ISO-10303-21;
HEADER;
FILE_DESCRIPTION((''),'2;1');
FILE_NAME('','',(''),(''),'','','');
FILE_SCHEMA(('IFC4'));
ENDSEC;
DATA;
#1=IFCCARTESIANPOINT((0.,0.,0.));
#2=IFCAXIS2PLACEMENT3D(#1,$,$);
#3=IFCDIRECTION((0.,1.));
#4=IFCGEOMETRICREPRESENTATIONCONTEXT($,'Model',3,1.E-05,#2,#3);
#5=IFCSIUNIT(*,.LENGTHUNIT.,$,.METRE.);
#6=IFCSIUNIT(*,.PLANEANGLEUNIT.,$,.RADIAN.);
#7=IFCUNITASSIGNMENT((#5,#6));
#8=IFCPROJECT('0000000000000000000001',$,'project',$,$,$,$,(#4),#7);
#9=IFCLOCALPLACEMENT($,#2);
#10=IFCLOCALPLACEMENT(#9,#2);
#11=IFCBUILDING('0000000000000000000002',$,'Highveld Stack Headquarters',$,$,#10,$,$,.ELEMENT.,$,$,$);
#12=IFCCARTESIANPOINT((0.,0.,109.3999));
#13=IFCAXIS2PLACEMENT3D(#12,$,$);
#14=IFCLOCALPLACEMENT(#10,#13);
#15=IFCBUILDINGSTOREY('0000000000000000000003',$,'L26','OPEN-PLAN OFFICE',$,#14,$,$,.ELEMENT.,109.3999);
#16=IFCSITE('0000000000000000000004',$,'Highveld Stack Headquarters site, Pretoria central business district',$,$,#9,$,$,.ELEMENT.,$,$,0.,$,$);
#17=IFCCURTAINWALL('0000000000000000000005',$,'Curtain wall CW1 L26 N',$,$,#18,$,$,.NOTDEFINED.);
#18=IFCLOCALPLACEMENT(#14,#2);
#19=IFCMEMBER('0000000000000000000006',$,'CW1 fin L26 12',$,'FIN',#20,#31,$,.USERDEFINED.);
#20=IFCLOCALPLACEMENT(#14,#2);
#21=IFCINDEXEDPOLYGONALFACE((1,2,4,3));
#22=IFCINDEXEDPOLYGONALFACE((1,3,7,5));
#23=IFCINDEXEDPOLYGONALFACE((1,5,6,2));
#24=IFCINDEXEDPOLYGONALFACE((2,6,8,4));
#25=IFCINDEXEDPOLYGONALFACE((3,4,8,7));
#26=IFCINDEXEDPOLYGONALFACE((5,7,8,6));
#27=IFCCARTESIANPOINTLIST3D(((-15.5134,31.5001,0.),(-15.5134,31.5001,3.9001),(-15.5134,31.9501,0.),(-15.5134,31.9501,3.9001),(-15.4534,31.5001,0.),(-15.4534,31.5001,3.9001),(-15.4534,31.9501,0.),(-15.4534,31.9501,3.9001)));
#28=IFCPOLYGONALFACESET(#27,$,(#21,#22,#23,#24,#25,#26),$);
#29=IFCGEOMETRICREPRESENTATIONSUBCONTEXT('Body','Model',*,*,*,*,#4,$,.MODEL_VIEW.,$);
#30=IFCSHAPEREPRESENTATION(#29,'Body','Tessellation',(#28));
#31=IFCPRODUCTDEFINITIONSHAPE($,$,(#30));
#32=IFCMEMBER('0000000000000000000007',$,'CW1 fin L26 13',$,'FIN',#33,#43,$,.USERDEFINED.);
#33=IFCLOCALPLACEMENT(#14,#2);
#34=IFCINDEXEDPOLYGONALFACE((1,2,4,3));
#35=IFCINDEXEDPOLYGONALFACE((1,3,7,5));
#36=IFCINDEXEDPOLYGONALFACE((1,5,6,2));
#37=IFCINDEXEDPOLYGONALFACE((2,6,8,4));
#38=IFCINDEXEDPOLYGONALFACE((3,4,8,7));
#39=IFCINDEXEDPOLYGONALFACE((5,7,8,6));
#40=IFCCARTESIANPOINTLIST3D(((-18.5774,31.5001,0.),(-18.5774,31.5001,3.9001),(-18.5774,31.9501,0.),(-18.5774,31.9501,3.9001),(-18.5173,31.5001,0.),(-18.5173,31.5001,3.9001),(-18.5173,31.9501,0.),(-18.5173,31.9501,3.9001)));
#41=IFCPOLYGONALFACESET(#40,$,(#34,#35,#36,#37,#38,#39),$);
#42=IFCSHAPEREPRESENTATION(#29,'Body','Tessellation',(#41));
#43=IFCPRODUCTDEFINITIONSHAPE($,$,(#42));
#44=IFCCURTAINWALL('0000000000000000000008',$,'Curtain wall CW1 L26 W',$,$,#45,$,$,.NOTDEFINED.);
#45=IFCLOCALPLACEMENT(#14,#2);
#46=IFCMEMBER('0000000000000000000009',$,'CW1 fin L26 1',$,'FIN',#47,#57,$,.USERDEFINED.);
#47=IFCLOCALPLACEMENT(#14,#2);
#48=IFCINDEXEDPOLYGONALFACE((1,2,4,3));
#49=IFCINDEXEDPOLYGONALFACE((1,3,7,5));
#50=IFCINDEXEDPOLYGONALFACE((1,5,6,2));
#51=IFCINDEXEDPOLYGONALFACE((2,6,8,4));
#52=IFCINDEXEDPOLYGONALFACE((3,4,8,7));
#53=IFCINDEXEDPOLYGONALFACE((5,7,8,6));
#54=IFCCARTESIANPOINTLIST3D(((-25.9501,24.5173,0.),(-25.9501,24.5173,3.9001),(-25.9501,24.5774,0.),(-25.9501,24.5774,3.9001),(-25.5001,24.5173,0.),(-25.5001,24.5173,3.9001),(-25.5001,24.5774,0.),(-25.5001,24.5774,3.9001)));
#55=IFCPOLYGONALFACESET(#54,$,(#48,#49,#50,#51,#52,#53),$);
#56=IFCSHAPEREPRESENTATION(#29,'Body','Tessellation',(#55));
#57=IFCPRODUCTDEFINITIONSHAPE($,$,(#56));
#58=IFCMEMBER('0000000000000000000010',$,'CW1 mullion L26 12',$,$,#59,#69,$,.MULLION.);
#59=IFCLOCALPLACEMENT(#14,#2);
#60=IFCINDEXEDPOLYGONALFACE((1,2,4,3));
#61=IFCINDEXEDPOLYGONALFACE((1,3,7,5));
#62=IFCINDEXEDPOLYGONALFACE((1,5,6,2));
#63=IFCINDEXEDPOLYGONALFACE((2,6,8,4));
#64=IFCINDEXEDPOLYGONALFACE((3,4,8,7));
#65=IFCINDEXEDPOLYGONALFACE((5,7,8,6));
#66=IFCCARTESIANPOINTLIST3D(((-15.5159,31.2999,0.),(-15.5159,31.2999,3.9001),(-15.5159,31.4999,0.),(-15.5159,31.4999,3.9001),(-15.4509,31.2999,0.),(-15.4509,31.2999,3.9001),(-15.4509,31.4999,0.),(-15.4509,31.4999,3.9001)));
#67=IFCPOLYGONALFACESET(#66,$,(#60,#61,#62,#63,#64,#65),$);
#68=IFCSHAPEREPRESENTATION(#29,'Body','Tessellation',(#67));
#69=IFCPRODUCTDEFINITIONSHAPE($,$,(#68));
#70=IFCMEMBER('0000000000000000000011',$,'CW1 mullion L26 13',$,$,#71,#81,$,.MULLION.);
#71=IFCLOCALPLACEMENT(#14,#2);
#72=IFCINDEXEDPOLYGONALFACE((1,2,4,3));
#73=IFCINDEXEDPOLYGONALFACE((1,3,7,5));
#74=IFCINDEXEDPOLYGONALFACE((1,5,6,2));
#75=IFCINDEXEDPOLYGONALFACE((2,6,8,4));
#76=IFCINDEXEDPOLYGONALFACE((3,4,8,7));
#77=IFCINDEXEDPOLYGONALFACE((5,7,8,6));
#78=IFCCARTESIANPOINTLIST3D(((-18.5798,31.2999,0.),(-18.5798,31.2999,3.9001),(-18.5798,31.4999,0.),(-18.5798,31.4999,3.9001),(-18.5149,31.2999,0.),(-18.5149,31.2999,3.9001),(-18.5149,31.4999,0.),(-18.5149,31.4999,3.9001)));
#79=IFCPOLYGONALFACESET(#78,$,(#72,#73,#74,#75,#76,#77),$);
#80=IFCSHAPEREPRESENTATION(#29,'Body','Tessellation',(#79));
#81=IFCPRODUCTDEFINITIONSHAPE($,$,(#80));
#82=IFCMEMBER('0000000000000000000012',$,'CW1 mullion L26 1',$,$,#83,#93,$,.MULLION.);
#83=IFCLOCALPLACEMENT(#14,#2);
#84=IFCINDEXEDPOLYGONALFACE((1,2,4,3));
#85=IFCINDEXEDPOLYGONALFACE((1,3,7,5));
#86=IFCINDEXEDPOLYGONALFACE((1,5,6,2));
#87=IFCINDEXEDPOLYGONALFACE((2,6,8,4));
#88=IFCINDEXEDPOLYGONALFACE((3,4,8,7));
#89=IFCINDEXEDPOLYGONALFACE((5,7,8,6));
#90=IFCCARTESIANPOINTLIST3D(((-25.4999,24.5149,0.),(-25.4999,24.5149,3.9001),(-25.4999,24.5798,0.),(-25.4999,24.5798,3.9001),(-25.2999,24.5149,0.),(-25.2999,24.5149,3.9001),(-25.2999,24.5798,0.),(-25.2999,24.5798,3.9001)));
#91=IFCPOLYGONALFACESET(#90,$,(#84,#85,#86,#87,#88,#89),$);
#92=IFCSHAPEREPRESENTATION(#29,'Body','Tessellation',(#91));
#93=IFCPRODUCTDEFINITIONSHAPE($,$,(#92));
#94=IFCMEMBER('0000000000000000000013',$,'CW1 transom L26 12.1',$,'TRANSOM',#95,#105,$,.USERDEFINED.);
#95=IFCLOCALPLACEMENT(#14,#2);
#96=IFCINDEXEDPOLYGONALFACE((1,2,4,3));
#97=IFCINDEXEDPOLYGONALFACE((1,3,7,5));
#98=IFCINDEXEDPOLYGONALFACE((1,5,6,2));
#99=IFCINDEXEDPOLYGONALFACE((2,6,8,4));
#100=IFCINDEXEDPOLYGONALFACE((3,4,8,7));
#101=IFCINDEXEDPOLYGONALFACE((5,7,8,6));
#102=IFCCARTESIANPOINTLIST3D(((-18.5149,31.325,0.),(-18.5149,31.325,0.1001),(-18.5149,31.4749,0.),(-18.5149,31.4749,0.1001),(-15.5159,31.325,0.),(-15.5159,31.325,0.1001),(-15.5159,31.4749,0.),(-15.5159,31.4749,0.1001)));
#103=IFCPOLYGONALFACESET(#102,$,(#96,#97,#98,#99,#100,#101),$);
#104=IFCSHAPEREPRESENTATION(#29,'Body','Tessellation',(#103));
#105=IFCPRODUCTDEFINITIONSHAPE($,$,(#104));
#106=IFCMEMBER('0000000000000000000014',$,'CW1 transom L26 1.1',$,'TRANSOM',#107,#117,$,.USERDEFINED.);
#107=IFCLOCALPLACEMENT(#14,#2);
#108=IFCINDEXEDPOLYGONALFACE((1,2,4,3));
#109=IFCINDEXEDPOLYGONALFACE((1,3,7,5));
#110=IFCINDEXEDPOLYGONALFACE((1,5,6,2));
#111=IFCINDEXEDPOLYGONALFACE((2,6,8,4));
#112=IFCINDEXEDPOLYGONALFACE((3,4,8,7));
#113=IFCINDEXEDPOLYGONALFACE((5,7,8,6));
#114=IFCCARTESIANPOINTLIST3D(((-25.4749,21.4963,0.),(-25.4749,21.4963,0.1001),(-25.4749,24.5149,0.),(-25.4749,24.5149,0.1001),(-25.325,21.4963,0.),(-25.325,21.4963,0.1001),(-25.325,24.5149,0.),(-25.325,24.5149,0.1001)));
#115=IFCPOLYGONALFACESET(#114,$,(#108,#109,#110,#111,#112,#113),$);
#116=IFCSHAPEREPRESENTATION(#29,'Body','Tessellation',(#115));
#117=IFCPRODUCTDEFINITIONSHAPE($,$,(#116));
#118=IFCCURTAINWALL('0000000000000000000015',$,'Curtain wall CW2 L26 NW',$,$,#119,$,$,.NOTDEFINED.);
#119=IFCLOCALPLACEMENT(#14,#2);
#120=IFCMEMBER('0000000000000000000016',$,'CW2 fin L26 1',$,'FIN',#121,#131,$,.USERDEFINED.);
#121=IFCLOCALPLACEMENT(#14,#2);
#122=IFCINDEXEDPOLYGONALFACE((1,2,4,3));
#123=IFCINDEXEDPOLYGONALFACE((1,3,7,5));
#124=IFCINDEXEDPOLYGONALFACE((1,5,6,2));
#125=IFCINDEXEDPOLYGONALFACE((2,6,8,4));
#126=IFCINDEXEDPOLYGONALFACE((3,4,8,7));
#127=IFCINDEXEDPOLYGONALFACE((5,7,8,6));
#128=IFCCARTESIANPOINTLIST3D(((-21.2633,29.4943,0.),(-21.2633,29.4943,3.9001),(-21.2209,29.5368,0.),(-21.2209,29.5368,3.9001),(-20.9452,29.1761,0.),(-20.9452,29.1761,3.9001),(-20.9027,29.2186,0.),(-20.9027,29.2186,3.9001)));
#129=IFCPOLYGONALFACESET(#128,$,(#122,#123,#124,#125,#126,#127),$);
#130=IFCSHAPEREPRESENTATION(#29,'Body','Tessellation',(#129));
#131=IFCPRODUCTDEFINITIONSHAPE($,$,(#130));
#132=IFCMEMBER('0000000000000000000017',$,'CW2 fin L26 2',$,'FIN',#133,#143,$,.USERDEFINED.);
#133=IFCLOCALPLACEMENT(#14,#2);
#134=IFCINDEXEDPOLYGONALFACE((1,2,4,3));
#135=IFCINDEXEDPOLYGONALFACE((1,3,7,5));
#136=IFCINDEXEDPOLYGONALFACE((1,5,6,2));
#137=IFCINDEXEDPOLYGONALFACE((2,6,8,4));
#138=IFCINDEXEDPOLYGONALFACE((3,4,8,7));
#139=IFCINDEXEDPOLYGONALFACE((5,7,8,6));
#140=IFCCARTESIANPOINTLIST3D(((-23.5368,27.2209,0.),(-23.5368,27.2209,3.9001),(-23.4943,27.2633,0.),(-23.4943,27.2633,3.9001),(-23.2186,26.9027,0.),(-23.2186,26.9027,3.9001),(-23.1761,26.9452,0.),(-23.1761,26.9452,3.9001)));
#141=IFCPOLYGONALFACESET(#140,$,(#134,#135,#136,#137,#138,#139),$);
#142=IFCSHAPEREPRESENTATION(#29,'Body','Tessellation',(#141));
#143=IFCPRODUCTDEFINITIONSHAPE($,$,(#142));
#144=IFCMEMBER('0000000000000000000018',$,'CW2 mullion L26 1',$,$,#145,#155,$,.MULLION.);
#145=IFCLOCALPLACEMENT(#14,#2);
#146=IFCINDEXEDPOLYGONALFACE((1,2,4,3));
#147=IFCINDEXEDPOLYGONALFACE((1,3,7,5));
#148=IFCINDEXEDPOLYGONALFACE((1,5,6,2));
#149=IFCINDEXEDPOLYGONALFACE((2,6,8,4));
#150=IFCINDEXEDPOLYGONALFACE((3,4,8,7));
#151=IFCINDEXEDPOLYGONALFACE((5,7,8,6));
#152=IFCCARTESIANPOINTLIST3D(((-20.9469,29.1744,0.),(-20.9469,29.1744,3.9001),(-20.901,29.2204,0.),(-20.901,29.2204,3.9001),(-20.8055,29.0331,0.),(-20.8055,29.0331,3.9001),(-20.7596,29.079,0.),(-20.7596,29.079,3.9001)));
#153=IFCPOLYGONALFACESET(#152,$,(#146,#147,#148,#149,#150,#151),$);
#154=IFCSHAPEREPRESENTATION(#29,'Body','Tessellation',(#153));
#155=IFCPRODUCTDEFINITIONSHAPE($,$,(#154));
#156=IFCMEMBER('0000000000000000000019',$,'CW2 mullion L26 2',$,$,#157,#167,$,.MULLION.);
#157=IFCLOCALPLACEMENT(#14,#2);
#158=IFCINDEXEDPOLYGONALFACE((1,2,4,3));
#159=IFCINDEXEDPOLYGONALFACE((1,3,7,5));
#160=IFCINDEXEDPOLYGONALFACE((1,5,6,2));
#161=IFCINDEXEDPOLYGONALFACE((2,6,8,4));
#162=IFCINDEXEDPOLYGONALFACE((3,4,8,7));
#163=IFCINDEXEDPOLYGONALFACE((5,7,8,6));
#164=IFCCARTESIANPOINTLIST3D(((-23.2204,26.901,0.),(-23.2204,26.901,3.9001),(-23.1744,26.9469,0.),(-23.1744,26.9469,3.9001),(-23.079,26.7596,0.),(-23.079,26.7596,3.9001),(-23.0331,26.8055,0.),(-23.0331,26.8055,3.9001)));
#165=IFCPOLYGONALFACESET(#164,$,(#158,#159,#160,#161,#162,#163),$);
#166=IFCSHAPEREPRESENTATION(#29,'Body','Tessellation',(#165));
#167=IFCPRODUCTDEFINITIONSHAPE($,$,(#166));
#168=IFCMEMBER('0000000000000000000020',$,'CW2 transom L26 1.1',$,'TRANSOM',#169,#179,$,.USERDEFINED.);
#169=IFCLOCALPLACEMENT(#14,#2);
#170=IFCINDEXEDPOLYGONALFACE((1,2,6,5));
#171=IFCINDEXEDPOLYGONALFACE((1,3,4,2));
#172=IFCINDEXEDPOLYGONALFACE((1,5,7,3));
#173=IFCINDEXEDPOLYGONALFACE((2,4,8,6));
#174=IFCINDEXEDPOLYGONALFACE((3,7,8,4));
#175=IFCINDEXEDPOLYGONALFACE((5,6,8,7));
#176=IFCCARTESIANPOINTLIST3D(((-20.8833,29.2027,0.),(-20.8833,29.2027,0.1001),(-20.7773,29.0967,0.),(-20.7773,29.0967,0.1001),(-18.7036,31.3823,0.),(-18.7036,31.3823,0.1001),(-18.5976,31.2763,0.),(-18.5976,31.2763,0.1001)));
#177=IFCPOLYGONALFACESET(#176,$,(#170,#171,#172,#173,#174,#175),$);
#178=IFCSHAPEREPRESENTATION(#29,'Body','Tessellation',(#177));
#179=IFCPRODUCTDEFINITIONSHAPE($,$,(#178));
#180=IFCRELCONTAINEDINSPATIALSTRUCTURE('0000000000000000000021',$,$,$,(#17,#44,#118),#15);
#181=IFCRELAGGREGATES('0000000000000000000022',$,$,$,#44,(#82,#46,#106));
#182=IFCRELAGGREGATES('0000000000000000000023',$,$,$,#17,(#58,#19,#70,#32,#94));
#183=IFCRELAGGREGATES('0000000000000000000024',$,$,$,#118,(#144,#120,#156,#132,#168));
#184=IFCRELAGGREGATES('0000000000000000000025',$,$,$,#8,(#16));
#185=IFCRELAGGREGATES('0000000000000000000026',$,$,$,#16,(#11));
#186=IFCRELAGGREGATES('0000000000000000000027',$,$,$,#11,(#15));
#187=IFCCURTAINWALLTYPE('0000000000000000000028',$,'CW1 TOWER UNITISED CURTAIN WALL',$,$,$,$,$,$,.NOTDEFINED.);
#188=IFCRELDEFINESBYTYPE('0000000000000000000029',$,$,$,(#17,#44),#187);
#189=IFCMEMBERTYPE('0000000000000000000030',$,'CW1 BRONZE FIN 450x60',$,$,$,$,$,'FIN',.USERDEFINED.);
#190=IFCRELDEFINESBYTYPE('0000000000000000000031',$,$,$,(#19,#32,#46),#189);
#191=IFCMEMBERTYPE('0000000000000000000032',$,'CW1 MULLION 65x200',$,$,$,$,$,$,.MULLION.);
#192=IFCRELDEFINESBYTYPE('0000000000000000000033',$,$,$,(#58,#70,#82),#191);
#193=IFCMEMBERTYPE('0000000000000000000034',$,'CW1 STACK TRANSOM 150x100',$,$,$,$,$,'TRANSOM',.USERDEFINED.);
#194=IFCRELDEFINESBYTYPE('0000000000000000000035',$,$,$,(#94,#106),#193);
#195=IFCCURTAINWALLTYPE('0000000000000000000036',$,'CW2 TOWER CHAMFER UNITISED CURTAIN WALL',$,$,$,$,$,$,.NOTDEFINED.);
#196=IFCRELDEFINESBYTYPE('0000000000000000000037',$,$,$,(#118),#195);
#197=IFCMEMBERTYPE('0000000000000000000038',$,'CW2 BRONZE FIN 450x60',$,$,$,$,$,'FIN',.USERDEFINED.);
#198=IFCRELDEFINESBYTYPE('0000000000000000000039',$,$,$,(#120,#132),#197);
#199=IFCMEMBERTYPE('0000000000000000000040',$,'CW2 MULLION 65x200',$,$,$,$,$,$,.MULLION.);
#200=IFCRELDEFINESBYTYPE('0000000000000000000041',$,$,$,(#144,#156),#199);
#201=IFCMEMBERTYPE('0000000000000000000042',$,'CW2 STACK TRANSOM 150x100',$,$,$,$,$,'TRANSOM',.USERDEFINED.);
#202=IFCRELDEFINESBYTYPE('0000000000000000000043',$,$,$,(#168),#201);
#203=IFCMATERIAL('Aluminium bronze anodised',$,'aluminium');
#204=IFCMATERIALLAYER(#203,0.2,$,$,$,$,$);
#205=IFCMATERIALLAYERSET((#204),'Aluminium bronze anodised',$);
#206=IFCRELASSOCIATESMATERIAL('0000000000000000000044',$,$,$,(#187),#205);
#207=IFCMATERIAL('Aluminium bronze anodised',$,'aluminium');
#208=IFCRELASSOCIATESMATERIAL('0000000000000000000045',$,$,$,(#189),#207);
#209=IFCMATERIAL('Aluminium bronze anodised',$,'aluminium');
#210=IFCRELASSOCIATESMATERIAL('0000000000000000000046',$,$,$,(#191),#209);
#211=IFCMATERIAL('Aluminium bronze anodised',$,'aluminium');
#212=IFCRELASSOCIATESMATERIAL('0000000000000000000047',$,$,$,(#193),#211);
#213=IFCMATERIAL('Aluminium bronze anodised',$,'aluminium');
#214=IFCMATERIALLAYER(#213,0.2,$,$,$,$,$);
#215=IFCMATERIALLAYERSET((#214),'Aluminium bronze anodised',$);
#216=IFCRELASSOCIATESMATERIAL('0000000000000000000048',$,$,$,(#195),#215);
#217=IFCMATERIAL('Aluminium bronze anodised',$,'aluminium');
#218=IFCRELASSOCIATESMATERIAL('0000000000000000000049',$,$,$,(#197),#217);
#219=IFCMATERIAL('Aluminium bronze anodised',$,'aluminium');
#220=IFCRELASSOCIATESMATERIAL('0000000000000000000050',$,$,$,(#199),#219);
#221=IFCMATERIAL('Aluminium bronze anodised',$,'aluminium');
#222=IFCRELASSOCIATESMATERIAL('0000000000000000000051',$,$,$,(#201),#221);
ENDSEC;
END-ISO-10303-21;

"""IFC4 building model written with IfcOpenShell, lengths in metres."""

from ifc_helpers import new_model, si_unit, direction, frame, origin, origin_2d, place, context, subcontext, project, spatial, rectangle, extrude, material, layer, layer_set, material_profile, profile_set, type_object, element, aggregate, save


model = new_model("IFC4")

# Units and contexts
model_context = context("Model", 3, precision=1e-05, world=origin(), true_north=direction((0.0, 1.0)))
body_context = subcontext(model_context, "Body", "Model", "MODEL_VIEW")
ifc_project = project(units=[si_unit("LENGTHUNIT", "METRE"), si_unit("PLANEANGLEUNIT", "RADIAN")], contexts=[model_context])

# Site, building, storey
site_placement = place(None, origin())
site = spatial("IfcSite", under=ifc_project, at=site_placement, Name="Highveld Stack Headquarters site, Pretoria central business district", CompositionType="ELEMENT", RefElevation=0.0)
building_placement = place(site_placement, origin())
building = spatial("IfcBuilding", under=site, at=building_placement, Name="Highveld Stack Headquarters", CompositionType="ELEMENT")
storey_placement = place(building_placement, frame((0.0, 0.0, 109.3999)))
storey = spatial("IfcBuildingStorey", under=building, at=storey_placement, Name="L26", Description="OPEN-PLAN OFFICE", CompositionType="ELEMENT", Elevation=109.3999)

# Curtain wall, members
ifc_material_1 = material(Name="Aluminium bronze anodised", Category="aluminium")
ifc_layer_1 = layer(ifc_material_1, 0.2)
ifc_layer_set_1 = layer_set([ifc_layer_1], Name="Aluminium bronze anodised")
curtain_wall_type_1 = type_object("IfcCurtainWallType", Name="CW1 TOWER UNITISED CURTAIN WALL", PredefinedType="NOTDEFINED", material=ifc_layer_set_1)
curtain_wall_1_placement = place(storey_placement, origin())
curtain_wall_1 = element("IfcCurtainWall", 1, at=curtain_wall_1_placement, inside=storey, type_object=curtain_wall_type_1, Name="Curtain wall CW1 L26 N", PredefinedType="NOTDEFINED")
ifc_material_2 = material(Name="Aluminium bronze anodised", Category="aluminium")
ifc_material_profile_1 = material_profile(ifc_material_2, rectangle(XDim=0.45, YDim=0.0601, at=origin_2d()), Name="FIN 450x60")
ifc_profile_set_1 = profile_set([ifc_material_profile_1], Name="Aluminium bronze anodised")
member_type_1 = type_object("IfcMemberType", Name="CW1 BRONZE FIN 450x60", ElementType="FIN", PredefinedType="USERDEFINED", material=ifc_profile_set_1)
member_1_placement = place(storey_placement, frame((-15.4834, 31.7251, 0.0), z_axis=(0.0, 0.0, 1.0), x_axis=(0.0, -1.0, 0.0)))
member_1 = element("IfcMember", 2, at=member_1_placement, type_object=member_type_1, Name="CW1 fin L26 12", ObjectType="FIN", PredefinedType="USERDEFINED", context=body_context, shape_type="SweptSolid", body=[
    extrude(rectangle(XDim=0.45, YDim=0.0601, at=origin_2d()), origin(), (0.0, 0.0, 1.0), 3.9001),
])
member_2_placement = place(storey_placement, frame((-18.5474, 31.7251, 0.0), z_axis=(0.0, 0.0, 1.0), x_axis=(0.0, -1.0, 0.0)))
member_2 = element("IfcMember", 3, at=member_2_placement, type_object=member_type_1, Name="CW1 fin L26 13", ObjectType="FIN", PredefinedType="USERDEFINED", context=body_context, shape_type="SweptSolid", body=[
    extrude(rectangle(XDim=0.45, YDim=0.0601, at=origin_2d()), origin(), (0.0, 0.0, 1.0), 3.9001),
])

# Curtain wall, member
curtain_wall_2_placement = place(storey_placement, origin())
curtain_wall_2 = element("IfcCurtainWall", 4, at=curtain_wall_2_placement, inside=storey, type_object=curtain_wall_type_1, Name="Curtain wall CW1 L26 W", PredefinedType="NOTDEFINED")
member_3_placement = place(storey_placement, frame((-25.7251, 24.5474, 0.0), z_axis=(0.0, 0.0, 1.0), x_axis=(1.0, 0.0, 0.0)))
member_3 = element("IfcMember", 5, at=member_3_placement, type_object=member_type_1, Name="CW1 fin L26 1", ObjectType="FIN", PredefinedType="USERDEFINED", context=body_context, shape_type="SweptSolid", body=[
    extrude(rectangle(XDim=0.45, YDim=0.0601, at=origin_2d()), origin(), (0.0, 0.0, 1.0), 3.9001),
])

# Members
ifc_material_3 = material(Name="Aluminium bronze anodised", Category="aluminium")
ifc_material_profile_2 = material_profile(ifc_material_3, rectangle(XDim=0.2, YDim=0.0649, at=origin_2d()), Name="CW1 MULLION 65x200")
ifc_profile_set_2 = profile_set([ifc_material_profile_2], Name="Aluminium bronze anodised")
member_type_2 = type_object("IfcMemberType", Name="CW1 MULLION 65x200", PredefinedType="MULLION", material=ifc_profile_set_2)
member_4_placement = place(storey_placement, frame((-15.4834, 31.3999, 0.0), z_axis=(0.0, 0.0, 1.0), x_axis=(0.0, -1.0, 0.0)))
member_4 = element("IfcMember", 6, at=member_4_placement, type_object=member_type_2, Name="CW1 mullion L26 12", PredefinedType="MULLION", context=body_context, shape_type="SweptSolid", body=[
    extrude(rectangle(XDim=0.2, YDim=0.0649, at=origin_2d()), origin(), (0.0, 0.0, 1.0), 3.9001),
])
member_5_placement = place(storey_placement, frame((-18.5474, 31.3999, 0.0), z_axis=(0.0, 0.0, 1.0), x_axis=(0.0, -1.0, 0.0)))
member_5 = element("IfcMember", 7, at=member_5_placement, type_object=member_type_2, Name="CW1 mullion L26 13", PredefinedType="MULLION", context=body_context, shape_type="SweptSolid", body=[
    extrude(rectangle(XDim=0.2, YDim=0.0649, at=origin_2d()), origin(), (0.0, 0.0, 1.0), 3.9001),
])
member_6_placement = place(storey_placement, frame((-25.3999, 24.5474, 0.0), z_axis=(0.0, 0.0, 1.0), x_axis=(1.0, 0.0, 0.0)))
member_6 = element("IfcMember", 8, at=member_6_placement, type_object=member_type_2, Name="CW1 mullion L26 1", PredefinedType="MULLION", context=body_context, shape_type="SweptSolid", body=[
    extrude(rectangle(XDim=0.2, YDim=0.0649, at=origin_2d()), origin(), (0.0, 0.0, 1.0), 3.9001),
])
ifc_material_4 = material(Name="Aluminium bronze anodised", Category="aluminium")
ifc_material_profile_3 = material_profile(ifc_material_4, rectangle(XDim=0.1499, YDim=0.1001, at=origin_2d()), Name="CW1 TRANSOM 150x100")
ifc_profile_set_3 = profile_set([ifc_material_profile_3], Name="Aluminium bronze anodised")
member_type_3 = type_object("IfcMemberType", Name="CW1 STACK TRANSOM 150x100", ElementType="TRANSOM", PredefinedType="USERDEFINED", material=ifc_profile_set_3)
member_7_placement = place(storey_placement, frame((-15.5159, 31.3999, 0.05), z_axis=(-1.0, 0.0, 0.0), x_axis=(0.0, -1.0, 0.0)))
member_7 = element("IfcMember", 9, at=member_7_placement, type_object=member_type_3, Name="CW1 transom L26 12.1", ObjectType="TRANSOM", PredefinedType="USERDEFINED", context=body_context, shape_type="SweptSolid", body=[
    extrude(rectangle(XDim=0.1499, YDim=0.1001, at=origin_2d()), origin(), (0.0, 0.0, 1.0), 2.999),
])
member_8_placement = place(storey_placement, frame((-25.3999, 24.5149, 0.05), z_axis=(0.0, -1.0, 0.0), x_axis=(1.0, 0.0, 0.0)))
member_8 = element("IfcMember", 10, at=member_8_placement, type_object=member_type_3, Name="CW1 transom L26 1.1", ObjectType="TRANSOM", PredefinedType="USERDEFINED", context=body_context, shape_type="SweptSolid", body=[
    extrude(rectangle(XDim=0.1499, YDim=0.1001, at=origin_2d()), origin(), (0.0, 0.0, 1.0), 3.0186),
])
aggregate(curtain_wall_2, [member_6, member_3, member_8])

# Curtain wall, members
ifc_material_5 = material(Name="Aluminium bronze anodised", Category="aluminium")
ifc_layer_2 = layer(ifc_material_5, 0.2)
ifc_layer_set_2 = layer_set([ifc_layer_2], Name="Aluminium bronze anodised")
curtain_wall_type_2 = type_object("IfcCurtainWallType", Name="CW2 TOWER CHAMFER UNITISED CURTAIN WALL", PredefinedType="NOTDEFINED", material=ifc_layer_set_2)
curtain_wall_3_placement = place(storey_placement, origin())
curtain_wall_3 = element("IfcCurtainWall", 11, at=curtain_wall_3_placement, inside=storey, type_object=curtain_wall_type_2, Name="Curtain wall CW2 L26 NW", PredefinedType="NOTDEFINED")
ifc_material_6 = material(Name="Aluminium bronze anodised", Category="aluminium")
ifc_material_profile_4 = material_profile(ifc_material_6, rectangle(XDim=0.45, YDim=0.0601, at=origin_2d()), Name="FIN 450x60")
ifc_profile_set_4 = profile_set([ifc_material_profile_4], Name="Aluminium bronze anodised")
member_type_4 = type_object("IfcMemberType", Name="CW2 BRONZE FIN 450x60", ElementType="FIN", PredefinedType="USERDEFINED", material=ifc_profile_set_4)
member_9_placement = place(storey_placement, frame((-21.083, 29.3564, 0.0), z_axis=(0.0, 0.0, 1.0), x_axis=(0.707107, -0.707107, 0.0)))
member_9 = element("IfcMember", 12, at=member_9_placement, type_object=member_type_4, Name="CW2 fin L26 1", ObjectType="FIN", PredefinedType="USERDEFINED", context=body_context, shape_type="SweptSolid", body=[
    extrude(rectangle(XDim=0.45, YDim=0.0601, at=origin_2d()), origin(), (0.0, 0.0, 1.0), 3.9001),
])
member_10_placement = place(storey_placement, frame((-23.3564, 27.083, 0.0), z_axis=(0.0, 0.0, 1.0), x_axis=(0.707107, -0.707107, 0.0)))
member_10 = element("IfcMember", 13, at=member_10_placement, type_object=member_type_4, Name="CW2 fin L26 2", ObjectType="FIN", PredefinedType="USERDEFINED", context=body_context, shape_type="SweptSolid", body=[
    extrude(rectangle(XDim=0.45, YDim=0.0601, at=origin_2d()), origin(), (0.0, 0.0, 1.0), 3.9001),
])
ifc_material_7 = material(Name="Aluminium bronze anodised", Category="aluminium")
ifc_material_profile_5 = material_profile(ifc_material_7, rectangle(XDim=0.2, YDim=0.0649, at=origin_2d()), Name="CW2 MULLION 65x200")
ifc_profile_set_5 = profile_set([ifc_material_profile_5], Name="Aluminium bronze anodised")
member_type_5 = type_object("IfcMemberType", Name="CW2 MULLION 65x200", PredefinedType="MULLION", material=ifc_profile_set_5)
member_11_placement = place(storey_placement, frame((-20.8533, 29.1267, 0.0), z_axis=(0.0, 0.0, 1.0), x_axis=(0.707107, -0.707107, 0.0)))
member_11 = element("IfcMember", 14, at=member_11_placement, type_object=member_type_5, Name="CW2 mullion L26 1", PredefinedType="MULLION", context=body_context, shape_type="SweptSolid", body=[
    extrude(rectangle(XDim=0.2, YDim=0.0649, at=origin_2d()), origin(), (0.0, 0.0, 1.0), 3.9001),
])
member_12_placement = place(storey_placement, frame((-23.1267, 26.8533, 0.0), z_axis=(0.0, 0.0, 1.0), x_axis=(0.707107, -0.707107, 0.0)))
member_12 = element("IfcMember", 15, at=member_12_placement, type_object=member_type_5, Name="CW2 mullion L26 2", PredefinedType="MULLION", context=body_context, shape_type="SweptSolid", body=[
    extrude(rectangle(XDim=0.2, YDim=0.0649, at=origin_2d()), origin(), (0.0, 0.0, 1.0), 3.9001),
])
ifc_material_8 = material(Name="Aluminium bronze anodised", Category="aluminium")
ifc_material_profile_6 = material_profile(ifc_material_8, rectangle(XDim=0.1499, YDim=0.1001, at=origin_2d()), Name="CW2 TRANSOM 150x100")
ifc_profile_set_6 = profile_set([ifc_material_profile_6], Name="Aluminium bronze anodised")
member_type_6 = type_object("IfcMemberType", Name="CW2 STACK TRANSOM 150x100", ElementType="TRANSOM", PredefinedType="USERDEFINED", material=ifc_profile_set_6)
member_13_placement = place(storey_placement, frame((-18.6506, 31.3293, 0.05), z_axis=(-0.707107, -0.707107, 0.0), x_axis=(0.707107, -0.707107, 0.0)))
member_13 = element("IfcMember", 16, at=member_13_placement, type_object=member_type_6, Name="CW2 transom L26 1.1", ObjectType="TRANSOM", PredefinedType="USERDEFINED", context=body_context, shape_type="SweptSolid", body=[
    extrude(rectangle(XDim=0.1499, YDim=0.1001, at=origin_2d()), origin(), (0.0, 0.0, 1.0), 3.0825),
])

aggregate(curtain_wall_1, [member_4, member_1, member_5, member_2, member_7])
aggregate(curtain_wall_3, [member_11, member_9, member_12, member_10, member_13])

save(model, "model.ifc")
